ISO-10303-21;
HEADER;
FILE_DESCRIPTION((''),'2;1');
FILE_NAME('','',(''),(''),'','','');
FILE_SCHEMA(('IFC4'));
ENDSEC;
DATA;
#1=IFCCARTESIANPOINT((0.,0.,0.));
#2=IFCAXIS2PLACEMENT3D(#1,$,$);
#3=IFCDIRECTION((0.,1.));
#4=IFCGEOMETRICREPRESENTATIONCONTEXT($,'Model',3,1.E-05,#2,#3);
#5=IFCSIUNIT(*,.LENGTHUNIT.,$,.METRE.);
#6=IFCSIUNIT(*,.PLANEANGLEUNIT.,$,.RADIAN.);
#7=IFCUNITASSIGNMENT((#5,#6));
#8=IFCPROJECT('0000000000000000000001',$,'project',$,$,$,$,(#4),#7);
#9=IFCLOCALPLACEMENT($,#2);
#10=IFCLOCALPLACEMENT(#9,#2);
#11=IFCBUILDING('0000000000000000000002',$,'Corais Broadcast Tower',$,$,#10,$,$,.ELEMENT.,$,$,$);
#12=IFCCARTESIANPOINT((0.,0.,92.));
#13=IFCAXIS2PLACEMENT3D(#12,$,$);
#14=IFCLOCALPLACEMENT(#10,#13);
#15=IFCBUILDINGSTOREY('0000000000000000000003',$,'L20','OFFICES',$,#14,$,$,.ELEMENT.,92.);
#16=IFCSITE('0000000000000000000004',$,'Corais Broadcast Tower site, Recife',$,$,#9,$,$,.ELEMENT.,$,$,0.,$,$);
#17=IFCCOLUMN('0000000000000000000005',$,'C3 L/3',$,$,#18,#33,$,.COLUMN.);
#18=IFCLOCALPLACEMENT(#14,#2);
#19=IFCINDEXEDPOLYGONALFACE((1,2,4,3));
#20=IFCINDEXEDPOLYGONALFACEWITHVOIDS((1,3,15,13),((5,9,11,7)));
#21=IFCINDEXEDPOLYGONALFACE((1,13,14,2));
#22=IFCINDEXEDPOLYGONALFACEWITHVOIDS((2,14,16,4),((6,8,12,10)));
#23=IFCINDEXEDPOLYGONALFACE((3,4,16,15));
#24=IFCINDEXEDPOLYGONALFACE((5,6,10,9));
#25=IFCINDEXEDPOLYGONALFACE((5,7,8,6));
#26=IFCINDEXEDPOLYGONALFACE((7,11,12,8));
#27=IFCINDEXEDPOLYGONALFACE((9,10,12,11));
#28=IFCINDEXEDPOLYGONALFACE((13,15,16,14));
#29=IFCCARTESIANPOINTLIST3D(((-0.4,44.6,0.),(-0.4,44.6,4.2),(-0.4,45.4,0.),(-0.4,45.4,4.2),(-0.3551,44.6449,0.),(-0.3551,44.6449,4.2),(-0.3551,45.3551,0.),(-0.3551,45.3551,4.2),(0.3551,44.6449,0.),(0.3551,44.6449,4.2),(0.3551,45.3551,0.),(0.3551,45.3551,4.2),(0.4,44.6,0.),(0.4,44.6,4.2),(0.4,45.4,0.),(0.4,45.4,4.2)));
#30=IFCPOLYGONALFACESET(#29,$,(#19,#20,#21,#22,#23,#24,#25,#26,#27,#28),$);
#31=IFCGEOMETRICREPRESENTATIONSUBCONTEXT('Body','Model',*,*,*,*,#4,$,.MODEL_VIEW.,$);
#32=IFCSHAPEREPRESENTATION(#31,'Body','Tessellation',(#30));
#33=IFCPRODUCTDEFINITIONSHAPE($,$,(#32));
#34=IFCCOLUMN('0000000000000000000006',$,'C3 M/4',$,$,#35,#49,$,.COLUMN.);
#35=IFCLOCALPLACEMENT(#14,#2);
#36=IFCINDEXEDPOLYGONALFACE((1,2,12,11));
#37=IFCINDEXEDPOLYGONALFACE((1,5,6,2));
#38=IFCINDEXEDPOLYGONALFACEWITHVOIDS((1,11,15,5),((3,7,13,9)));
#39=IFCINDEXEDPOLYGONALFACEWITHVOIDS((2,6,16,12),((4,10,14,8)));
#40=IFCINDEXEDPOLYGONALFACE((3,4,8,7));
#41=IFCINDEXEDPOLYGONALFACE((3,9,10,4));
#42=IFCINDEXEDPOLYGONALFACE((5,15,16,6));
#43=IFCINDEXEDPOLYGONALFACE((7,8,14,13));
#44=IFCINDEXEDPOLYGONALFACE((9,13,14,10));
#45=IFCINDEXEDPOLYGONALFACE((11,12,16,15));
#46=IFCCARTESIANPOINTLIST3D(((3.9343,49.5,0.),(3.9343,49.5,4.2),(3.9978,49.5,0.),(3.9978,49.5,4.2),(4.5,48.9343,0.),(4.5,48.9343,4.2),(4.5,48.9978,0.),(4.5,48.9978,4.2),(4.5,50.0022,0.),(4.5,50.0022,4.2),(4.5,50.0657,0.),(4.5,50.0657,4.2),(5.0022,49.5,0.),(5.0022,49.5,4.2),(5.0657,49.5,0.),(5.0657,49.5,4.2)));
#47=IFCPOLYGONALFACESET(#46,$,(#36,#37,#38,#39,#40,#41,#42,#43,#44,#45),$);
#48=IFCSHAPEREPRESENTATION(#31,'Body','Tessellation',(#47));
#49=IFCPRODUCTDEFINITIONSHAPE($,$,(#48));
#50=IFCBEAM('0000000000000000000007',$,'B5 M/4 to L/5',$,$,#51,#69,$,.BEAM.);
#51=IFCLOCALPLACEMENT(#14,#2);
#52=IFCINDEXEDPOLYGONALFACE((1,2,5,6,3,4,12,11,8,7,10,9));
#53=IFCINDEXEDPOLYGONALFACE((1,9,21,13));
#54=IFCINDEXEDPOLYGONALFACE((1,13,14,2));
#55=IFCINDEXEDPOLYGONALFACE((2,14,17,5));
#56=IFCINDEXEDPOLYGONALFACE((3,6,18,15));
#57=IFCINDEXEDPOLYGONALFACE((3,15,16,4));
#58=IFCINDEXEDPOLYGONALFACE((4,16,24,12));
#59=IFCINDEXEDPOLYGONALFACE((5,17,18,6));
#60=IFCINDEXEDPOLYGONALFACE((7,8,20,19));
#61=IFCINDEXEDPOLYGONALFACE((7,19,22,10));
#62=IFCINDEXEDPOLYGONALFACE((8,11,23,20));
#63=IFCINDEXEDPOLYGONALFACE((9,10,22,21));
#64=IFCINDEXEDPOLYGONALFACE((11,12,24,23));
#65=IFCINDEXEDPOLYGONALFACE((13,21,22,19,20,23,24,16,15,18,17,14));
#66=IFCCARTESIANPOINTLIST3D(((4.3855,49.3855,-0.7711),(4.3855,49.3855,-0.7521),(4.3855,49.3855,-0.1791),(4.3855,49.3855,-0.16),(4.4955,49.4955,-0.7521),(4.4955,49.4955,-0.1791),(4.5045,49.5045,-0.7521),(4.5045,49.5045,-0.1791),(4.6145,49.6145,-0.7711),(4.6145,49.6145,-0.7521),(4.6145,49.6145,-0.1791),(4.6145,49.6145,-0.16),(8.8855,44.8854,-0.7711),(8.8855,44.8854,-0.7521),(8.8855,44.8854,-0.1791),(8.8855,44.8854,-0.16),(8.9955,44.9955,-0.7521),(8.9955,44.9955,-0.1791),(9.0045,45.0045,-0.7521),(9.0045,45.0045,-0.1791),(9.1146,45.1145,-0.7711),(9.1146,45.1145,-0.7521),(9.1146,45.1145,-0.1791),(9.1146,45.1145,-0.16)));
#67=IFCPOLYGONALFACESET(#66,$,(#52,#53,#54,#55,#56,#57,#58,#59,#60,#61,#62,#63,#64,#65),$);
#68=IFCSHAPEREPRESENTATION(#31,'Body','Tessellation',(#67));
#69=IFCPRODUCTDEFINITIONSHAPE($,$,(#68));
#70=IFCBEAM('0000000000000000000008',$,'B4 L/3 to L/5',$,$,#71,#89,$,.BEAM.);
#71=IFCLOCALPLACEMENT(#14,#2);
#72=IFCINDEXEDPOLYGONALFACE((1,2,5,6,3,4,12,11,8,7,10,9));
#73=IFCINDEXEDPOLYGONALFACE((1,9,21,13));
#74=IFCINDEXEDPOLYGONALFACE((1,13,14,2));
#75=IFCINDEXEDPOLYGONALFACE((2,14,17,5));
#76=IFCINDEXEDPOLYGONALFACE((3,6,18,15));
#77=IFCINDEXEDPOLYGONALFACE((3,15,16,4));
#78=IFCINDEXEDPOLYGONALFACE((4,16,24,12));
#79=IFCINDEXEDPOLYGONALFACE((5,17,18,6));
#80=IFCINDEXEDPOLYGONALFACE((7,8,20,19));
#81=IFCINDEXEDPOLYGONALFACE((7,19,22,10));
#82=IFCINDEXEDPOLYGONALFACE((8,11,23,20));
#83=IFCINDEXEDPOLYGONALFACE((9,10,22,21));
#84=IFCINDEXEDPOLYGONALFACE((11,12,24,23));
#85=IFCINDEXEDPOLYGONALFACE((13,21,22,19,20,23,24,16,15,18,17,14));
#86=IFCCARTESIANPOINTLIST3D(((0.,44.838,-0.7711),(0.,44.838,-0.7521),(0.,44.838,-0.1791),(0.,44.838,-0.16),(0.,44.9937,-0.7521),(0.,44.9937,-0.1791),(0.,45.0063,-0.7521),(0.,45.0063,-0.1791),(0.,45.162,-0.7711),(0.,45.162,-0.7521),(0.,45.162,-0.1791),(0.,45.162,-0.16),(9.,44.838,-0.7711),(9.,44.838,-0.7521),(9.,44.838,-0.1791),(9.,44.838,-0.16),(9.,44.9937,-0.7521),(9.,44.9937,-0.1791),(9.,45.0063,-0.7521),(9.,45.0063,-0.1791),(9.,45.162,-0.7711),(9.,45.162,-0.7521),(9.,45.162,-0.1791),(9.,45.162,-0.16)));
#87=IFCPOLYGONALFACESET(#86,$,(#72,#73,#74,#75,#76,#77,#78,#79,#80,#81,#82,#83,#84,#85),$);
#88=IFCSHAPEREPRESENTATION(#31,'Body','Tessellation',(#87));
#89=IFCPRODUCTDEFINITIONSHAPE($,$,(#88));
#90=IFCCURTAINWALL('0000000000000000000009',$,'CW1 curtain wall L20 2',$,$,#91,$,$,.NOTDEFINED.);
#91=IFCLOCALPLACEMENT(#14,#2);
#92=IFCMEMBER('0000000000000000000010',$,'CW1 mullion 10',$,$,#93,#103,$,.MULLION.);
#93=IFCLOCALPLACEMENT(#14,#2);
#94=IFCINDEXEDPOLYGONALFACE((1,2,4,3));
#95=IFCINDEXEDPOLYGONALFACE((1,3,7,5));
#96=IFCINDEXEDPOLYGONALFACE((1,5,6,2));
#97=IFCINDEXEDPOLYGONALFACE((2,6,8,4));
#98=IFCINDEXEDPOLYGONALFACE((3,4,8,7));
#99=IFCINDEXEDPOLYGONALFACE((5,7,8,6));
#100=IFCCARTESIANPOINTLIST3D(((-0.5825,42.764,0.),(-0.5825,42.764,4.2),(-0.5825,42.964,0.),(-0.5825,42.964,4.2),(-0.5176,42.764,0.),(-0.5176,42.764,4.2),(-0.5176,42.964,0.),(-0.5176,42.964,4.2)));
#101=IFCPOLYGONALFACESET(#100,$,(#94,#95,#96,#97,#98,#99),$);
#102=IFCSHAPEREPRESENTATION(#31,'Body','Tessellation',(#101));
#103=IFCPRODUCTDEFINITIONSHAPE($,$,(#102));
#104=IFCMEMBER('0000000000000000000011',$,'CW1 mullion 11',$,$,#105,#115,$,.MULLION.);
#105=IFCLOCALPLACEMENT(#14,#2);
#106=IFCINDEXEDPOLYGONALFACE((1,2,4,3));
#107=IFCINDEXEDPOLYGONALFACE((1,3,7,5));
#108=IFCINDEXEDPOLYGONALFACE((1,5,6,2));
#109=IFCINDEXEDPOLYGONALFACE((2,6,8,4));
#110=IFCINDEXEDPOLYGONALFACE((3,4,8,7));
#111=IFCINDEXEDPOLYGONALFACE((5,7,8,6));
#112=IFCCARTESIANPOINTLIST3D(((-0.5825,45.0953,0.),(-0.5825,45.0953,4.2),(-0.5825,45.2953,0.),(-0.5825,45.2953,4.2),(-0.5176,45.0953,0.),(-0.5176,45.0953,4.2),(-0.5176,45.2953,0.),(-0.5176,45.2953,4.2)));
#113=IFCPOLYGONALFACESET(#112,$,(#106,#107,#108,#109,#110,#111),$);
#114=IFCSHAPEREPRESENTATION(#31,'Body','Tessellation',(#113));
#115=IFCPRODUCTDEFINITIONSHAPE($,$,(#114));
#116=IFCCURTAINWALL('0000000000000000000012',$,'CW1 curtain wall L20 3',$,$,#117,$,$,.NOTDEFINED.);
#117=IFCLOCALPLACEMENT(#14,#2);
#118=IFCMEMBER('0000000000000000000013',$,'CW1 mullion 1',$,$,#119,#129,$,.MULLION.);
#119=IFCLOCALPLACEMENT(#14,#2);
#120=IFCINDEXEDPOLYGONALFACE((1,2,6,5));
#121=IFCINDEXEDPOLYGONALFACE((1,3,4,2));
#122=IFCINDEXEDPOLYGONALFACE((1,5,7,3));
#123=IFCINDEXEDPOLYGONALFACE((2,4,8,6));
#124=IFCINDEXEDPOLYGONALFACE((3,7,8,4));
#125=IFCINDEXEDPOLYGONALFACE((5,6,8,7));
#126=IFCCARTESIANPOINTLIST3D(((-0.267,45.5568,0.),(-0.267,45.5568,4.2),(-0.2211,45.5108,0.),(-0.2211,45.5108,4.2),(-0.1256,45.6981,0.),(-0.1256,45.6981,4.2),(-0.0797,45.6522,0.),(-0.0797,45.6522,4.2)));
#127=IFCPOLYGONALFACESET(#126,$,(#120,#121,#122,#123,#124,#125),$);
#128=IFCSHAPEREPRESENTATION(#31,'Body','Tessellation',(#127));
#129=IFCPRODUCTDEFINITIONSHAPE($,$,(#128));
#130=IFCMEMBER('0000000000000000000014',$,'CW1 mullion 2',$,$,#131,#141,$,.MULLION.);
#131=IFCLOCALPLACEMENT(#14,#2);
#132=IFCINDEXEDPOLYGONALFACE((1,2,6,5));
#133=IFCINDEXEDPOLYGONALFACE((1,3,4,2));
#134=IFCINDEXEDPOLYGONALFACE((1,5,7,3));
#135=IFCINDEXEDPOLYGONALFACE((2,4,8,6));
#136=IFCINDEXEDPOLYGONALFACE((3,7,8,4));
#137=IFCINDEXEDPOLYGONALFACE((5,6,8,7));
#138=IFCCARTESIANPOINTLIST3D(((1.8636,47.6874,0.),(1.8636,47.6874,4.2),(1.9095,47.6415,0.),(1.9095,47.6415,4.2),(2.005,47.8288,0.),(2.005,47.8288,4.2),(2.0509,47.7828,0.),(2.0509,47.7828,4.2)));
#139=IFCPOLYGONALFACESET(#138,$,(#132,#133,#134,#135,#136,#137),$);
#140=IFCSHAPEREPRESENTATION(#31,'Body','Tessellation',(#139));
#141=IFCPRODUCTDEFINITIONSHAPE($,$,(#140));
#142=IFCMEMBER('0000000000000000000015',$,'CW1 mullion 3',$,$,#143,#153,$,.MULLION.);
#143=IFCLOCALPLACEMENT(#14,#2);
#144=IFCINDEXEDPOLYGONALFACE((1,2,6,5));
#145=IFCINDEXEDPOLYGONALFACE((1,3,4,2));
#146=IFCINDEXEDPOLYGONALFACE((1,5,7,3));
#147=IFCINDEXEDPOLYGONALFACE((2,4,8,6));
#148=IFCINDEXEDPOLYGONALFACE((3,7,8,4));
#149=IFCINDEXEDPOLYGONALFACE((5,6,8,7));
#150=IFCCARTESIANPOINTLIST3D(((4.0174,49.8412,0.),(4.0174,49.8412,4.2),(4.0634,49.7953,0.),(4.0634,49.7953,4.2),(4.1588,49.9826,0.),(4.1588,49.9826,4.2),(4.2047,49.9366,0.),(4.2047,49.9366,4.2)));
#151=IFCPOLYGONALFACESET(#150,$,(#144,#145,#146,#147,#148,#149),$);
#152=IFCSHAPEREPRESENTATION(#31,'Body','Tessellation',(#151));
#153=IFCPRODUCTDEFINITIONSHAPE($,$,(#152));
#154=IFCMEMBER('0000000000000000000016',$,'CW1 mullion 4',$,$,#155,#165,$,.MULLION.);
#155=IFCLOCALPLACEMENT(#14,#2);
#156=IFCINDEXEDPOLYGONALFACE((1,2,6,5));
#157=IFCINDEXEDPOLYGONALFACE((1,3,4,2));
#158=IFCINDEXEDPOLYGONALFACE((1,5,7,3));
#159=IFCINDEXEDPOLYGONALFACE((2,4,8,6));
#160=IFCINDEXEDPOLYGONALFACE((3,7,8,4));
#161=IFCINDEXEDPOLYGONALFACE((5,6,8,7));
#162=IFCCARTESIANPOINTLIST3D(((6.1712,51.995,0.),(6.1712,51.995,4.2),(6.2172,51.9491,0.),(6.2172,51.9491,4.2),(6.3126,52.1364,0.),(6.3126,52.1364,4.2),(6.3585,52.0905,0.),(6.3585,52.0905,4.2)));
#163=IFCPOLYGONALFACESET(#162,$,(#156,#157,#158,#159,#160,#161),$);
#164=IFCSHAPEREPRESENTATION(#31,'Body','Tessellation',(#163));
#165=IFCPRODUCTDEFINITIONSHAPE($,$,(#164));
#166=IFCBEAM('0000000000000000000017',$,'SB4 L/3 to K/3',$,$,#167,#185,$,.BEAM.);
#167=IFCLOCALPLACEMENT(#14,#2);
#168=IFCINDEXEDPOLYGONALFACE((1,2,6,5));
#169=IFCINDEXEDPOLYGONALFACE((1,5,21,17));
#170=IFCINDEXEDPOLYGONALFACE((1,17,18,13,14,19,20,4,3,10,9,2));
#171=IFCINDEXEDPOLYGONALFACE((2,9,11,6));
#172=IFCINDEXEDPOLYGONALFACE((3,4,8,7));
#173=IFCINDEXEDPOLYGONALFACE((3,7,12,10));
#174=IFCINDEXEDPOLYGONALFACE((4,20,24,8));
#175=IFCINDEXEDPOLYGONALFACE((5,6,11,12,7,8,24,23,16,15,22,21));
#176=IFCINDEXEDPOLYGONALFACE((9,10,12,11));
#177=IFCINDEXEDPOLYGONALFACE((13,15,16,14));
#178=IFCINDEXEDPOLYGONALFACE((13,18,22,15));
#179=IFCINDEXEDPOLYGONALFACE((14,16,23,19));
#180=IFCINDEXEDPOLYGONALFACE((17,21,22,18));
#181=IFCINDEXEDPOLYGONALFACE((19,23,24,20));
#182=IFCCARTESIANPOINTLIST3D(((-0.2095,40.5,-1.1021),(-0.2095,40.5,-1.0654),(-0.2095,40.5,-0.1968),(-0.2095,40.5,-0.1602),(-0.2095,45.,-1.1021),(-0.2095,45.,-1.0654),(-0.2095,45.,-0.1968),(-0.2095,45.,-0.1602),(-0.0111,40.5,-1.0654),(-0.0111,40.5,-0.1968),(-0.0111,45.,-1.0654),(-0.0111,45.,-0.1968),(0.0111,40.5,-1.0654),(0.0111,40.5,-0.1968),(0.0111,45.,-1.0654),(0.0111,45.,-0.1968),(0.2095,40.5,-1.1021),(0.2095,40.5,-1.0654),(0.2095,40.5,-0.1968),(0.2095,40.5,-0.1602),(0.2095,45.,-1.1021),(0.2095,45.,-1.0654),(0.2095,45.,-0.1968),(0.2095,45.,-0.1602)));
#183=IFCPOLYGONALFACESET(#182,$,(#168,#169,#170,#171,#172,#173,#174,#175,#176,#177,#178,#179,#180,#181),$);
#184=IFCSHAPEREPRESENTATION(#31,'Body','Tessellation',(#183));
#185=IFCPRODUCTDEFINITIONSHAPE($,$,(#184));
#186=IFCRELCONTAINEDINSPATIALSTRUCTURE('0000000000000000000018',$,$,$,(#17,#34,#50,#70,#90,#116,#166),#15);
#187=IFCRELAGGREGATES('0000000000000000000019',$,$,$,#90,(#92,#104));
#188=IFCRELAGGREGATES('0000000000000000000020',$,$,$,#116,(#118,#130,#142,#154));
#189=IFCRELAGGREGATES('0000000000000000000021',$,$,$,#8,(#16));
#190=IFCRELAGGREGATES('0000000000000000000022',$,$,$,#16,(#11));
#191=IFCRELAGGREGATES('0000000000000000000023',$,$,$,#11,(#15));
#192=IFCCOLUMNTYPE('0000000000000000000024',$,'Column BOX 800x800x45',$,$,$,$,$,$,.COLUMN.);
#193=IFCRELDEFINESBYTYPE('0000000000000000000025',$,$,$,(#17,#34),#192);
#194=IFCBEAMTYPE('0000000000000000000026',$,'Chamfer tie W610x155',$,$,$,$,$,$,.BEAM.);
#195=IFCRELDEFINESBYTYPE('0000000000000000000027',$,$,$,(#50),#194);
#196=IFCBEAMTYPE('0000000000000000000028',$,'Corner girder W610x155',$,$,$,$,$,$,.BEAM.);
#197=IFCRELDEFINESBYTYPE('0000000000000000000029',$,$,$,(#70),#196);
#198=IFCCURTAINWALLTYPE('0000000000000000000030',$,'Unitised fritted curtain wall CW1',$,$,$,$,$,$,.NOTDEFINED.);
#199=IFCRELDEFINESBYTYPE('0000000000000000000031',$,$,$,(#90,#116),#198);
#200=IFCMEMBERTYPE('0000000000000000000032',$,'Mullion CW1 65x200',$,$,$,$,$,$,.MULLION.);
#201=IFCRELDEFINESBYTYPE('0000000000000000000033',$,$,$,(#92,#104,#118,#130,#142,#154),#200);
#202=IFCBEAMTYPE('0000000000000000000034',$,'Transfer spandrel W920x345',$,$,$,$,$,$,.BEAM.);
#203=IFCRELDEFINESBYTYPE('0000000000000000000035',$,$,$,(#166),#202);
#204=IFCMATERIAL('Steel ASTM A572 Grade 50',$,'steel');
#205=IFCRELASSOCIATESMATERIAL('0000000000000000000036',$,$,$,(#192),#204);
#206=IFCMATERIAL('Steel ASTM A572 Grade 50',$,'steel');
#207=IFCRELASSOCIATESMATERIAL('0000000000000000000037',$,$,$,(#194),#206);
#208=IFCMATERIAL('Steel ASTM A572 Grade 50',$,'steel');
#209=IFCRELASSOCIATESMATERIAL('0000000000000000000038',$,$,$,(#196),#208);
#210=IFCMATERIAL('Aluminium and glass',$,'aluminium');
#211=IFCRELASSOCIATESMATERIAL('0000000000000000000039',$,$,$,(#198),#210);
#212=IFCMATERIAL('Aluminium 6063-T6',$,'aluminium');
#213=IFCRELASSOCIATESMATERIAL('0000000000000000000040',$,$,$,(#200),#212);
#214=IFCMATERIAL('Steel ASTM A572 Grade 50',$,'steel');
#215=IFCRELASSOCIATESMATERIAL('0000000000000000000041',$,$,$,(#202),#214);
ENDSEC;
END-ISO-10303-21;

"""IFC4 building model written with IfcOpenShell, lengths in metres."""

from ifc_helpers import new_model, si_unit, direction, frame, origin, origin_2d, place, context, subcontext, project, spatial, rectangle, hollow_rectangle, i_section, extrude, material, material_profile, profile_set, type_object, element, aggregate, save


model = new_model("IFC4")

# Units and contexts
model_context = context("Model", 3, precision=1e-05, world=origin(), true_north=direction((0.0, 1.0)))
body_context = subcontext(model_context, "Body", "Model", "MODEL_VIEW")
ifc_project = project(units=[si_unit("LENGTHUNIT", "METRE"), si_unit("PLANEANGLEUNIT", "RADIAN")], contexts=[model_context])

# Site, building, storey
site_placement = place(None, origin())
site = spatial("IfcSite", under=ifc_project, at=site_placement, Name="Corais Broadcast Tower site, Recife", CompositionType="ELEMENT", RefElevation=0.0)
building_placement = place(site_placement, origin())
building = spatial("IfcBuilding", under=site, at=building_placement, Name="Corais Broadcast Tower", CompositionType="ELEMENT")
storey_placement = place(building_placement, frame((0.0, 0.0, 92.0)))
storey = spatial("IfcBuildingStorey", under=building, at=storey_placement, Name="L20", Description="OFFICES", CompositionType="ELEMENT", Elevation=92.0)

# Columns
ifc_material_1 = material(Name="Steel ASTM A572 Grade 50", Category="steel")
ifc_material_profile_1 = material_profile(ifc_material_1, hollow_rectangle(XDim=0.8, YDim=0.8, WallThickness=0.0449, at=origin_2d()), Name="BOX 800x800x45")
ifc_profile_set_1 = profile_set([ifc_material_profile_1], Name="Steel ASTM A572 Grade 50")
column_type = type_object("IfcColumnType", Name="Column BOX 800x800x45", PredefinedType="COLUMN", material=ifc_profile_set_1)
for number, where, z_axis, x_axis, name in (
    (1, (0.0, 45.0, 0.0), (0.0, 0.0, 1.0), (1.0, 0.0, 0.0), "C3 L/3"),
    (2, (4.5, 49.5, 0.0), (0.0, 0.0, 1.0), (0.707107, 0.707107, 0.0), "C3 M/4"),
):
    element("IfcColumn", number, at=place(storey_placement, frame(where, z_axis=z_axis, x_axis=x_axis)), inside=storey, type_object=column_type, Name=name, PredefinedType="COLUMN", context=body_context, shape_type="SweptSolid", body=[
        extrude(hollow_rectangle(XDim=0.8, YDim=0.8, WallThickness=0.0449, at=origin_2d()), origin(), (0.0, 0.0, 1.0), 4.2),
    ])

# Beams
ifc_material_2 = material(Name="Steel ASTM A572 Grade 50", Category="steel")
ifc_material_profile_2 = material_profile(ifc_material_2, i_section(OverallWidth=0.324, OverallDepth=0.6111, WebThickness=0.0127, FlangeThickness=0.019, at=origin_2d()), Name="W610x155")
ifc_profile_set_2 = profile_set([ifc_material_profile_2], Name="Steel ASTM A572 Grade 50")
beam_type_1 = type_object("IfcBeamType", Name="Chamfer tie W610x155", PredefinedType="BEAM", material=ifc_profile_set_2)
beam_1_placement = place(storey_placement, frame((4.5, 49.5, -0.4656), z_axis=(0.707107, -0.707107, 0.0), x_axis=(0.707107, 0.707107, 0.0)))
element("IfcBeam", 3, at=beam_1_placement, inside=storey, type_object=beam_type_1, Name="B5 M/4 to L/5", PredefinedType="BEAM", context=body_context, shape_type="SweptSolid", body=[
    extrude(i_section(OverallWidth=0.324, OverallDepth=0.6111, WebThickness=0.0127, FlangeThickness=0.019, at=origin_2d()), origin(), (0.0, 0.0, 1.0), 6.364),
])
ifc_material_3 = material(Name="Steel ASTM A572 Grade 50", Category="steel")
ifc_material_profile_3 = material_profile(ifc_material_3, i_section(OverallWidth=0.324, OverallDepth=0.6111, WebThickness=0.0127, FlangeThickness=0.019, at=origin_2d()), Name="W610x155")
ifc_profile_set_3 = profile_set([ifc_material_profile_3], Name="Steel ASTM A572 Grade 50")
beam_type_2 = type_object("IfcBeamType", Name="Corner girder W610x155", PredefinedType="BEAM", material=ifc_profile_set_3)
beam_2_placement = place(storey_placement, frame((0.0, 45.0, -0.4656), z_axis=(1.0, 0.0, 0.0), x_axis=(0.0, 1.0, 0.0)))
element("IfcBeam", 4, at=beam_2_placement, inside=storey, type_object=beam_type_2, Name="B4 L/3 to L/5", PredefinedType="BEAM", context=body_context, shape_type="SweptSolid", body=[
    extrude(i_section(OverallWidth=0.324, OverallDepth=0.6111, WebThickness=0.0127, FlangeThickness=0.019, at=origin_2d()), origin(), (0.0, 0.0, 1.0), 9.0),
])

# Curtain walls, members
ifc_material_4 = material(Name="Aluminium and glass", Category="aluminium")
curtain_wall_type = type_object("IfcCurtainWallType", Name="Unitised fritted curtain wall CW1", PredefinedType="NOTDEFINED", material=ifc_material_4)
curtain_wall_1_placement = place(storey_placement, origin())
curtain_wall_1 = element("IfcCurtainWall", 5, at=curtain_wall_1_placement, inside=storey, type_object=curtain_wall_type, Name="CW1 curtain wall L20 2", PredefinedType="NOTDEFINED")
ifc_material_5 = material(Name="Aluminium 6063-T6", Category="aluminium")
ifc_material_profile_4 = material_profile(ifc_material_5, rectangle(XDim=0.0649, YDim=0.2, at=origin_2d()), Name="Mullion CW1 65x200")
ifc_profile_set_4 = profile_set([ifc_material_profile_4], Name="Aluminium 6063-T6")
member_type_1 = type_object("IfcMemberType", Name="Mullion CW1 65x200", PredefinedType="MULLION", material=ifc_profile_set_4)
member_1_placement = place(storey_placement, frame((-0.55, 42.864, 0.0), z_axis=(0.0, 0.0, 1.0), x_axis=(-1.0, 0.0, 0.0)))
member_1 = element("IfcMember", 6, at=member_1_placement, type_object=member_type_1, Name="CW1 mullion 10", PredefinedType="MULLION", context=body_context, shape_type="SweptSolid", body=[
    extrude(rectangle(XDim=0.0649, YDim=0.2, at=origin_2d()), origin(), (0.0, 0.0, 1.0), 4.2),
])
member_2_placement = place(storey_placement, frame((-0.55, 45.1953, 0.0), z_axis=(0.0, 0.0, 1.0), x_axis=(-1.0, 0.0, 0.0)))
member_2 = element("IfcMember", 7, at=member_2_placement, type_object=member_type_1, Name="CW1 mullion 11", PredefinedType="MULLION", context=body_context, shape_type="SweptSolid", body=[
    extrude(rectangle(XDim=0.0649, YDim=0.2, at=origin_2d()), origin(), (0.0, 0.0, 1.0), 4.2),
])
curtain_wall_2_placement = place(storey_placement, origin())
curtain_wall_2 = element("IfcCurtainWall", 8, at=curtain_wall_2_placement, inside=storey, type_object=curtain_wall_type, Name="CW1 curtain wall L20 3", PredefinedType="NOTDEFINED")
member_3_placement = place(storey_placement, frame((-0.1733, 45.6045, 0.0), z_axis=(0.0, 0.0, 1.0), x_axis=(-0.707107, 0.707107, 0.0)))
member_3 = element("IfcMember", 9, at=member_3_placement, type_object=member_type_1, Name="CW1 mullion 1", PredefinedType="MULLION", context=body_context, shape_type="SweptSolid", body=[
    extrude(rectangle(XDim=0.0649, YDim=0.2, at=origin_2d()), origin(), (0.0, 0.0, 1.0), 4.2),
])
member_4_placement = place(storey_placement, frame((1.9573, 47.7351, 0.0), z_axis=(0.0, 0.0, 1.0), x_axis=(-0.707107, 0.707107, 0.0)))
member_4 = element("IfcMember", 10, at=member_4_placement, type_object=member_type_1, Name="CW1 mullion 2", PredefinedType="MULLION", context=body_context, shape_type="SweptSolid", body=[
    extrude(rectangle(XDim=0.0649, YDim=0.2, at=origin_2d()), origin(), (0.0, 0.0, 1.0), 4.2),
])
member_5_placement = place(storey_placement, frame((4.1111, 49.8889, 0.0), z_axis=(0.0, 0.0, 1.0), x_axis=(-0.707107, 0.707107, 0.0)))
member_5 = element("IfcMember", 11, at=member_5_placement, type_object=member_type_1, Name="CW1 mullion 3", PredefinedType="MULLION", context=body_context, shape_type="SweptSolid", body=[
    extrude(rectangle(XDim=0.0649, YDim=0.2, at=origin_2d()), origin(), (0.0, 0.0, 1.0), 4.2),
])
member_6_placement = place(storey_placement, frame((6.2649, 52.0427, 0.0), z_axis=(0.0, 0.0, 1.0), x_axis=(-0.707107, 0.707107, 0.0)))
member_6 = element("IfcMember", 12, at=member_6_placement, type_object=member_type_1, Name="CW1 mullion 4", PredefinedType="MULLION", context=body_context, shape_type="SweptSolid", body=[
    extrude(rectangle(XDim=0.0649, YDim=0.2, at=origin_2d()), origin(), (0.0, 0.0, 1.0), 4.2),
])

# Beam
ifc_material_6 = material(Name="Steel ASTM A572 Grade 50", Category="steel")
ifc_material_profile_5 = material_profile(ifc_material_6, i_section(OverallWidth=0.4189, OverallDepth=0.9419, WebThickness=0.0222, FlangeThickness=0.0366, at=origin_2d()), Name="W920x345")
ifc_profile_set_5 = profile_set([ifc_material_profile_5], Name="Steel ASTM A572 Grade 50")
beam_type_3 = type_object("IfcBeamType", Name="Transfer spandrel W920x345", PredefinedType="BEAM", material=ifc_profile_set_5)
beam_3_placement = place(storey_placement, frame((0.0, 45.0, -0.6311), z_axis=(0.0, -1.0, 0.0), x_axis=(1.0, 0.0, 0.0)))
element("IfcBeam", 13, at=beam_3_placement, inside=storey, type_object=beam_type_3, Name="SB4 L/3 to K/3", PredefinedType="BEAM", context=body_context, shape_type="SweptSolid", body=[
    extrude(i_section(OverallWidth=0.4189, OverallDepth=0.9419, WebThickness=0.0222, FlangeThickness=0.0366, at=origin_2d()), origin(), (0.0, 0.0, 1.0), 4.5),
])

aggregate(curtain_wall_1, [member_1, member_2])
aggregate(curtain_wall_2, [member_3, member_4, member_5, member_6])

save(model, "model.ifc")
